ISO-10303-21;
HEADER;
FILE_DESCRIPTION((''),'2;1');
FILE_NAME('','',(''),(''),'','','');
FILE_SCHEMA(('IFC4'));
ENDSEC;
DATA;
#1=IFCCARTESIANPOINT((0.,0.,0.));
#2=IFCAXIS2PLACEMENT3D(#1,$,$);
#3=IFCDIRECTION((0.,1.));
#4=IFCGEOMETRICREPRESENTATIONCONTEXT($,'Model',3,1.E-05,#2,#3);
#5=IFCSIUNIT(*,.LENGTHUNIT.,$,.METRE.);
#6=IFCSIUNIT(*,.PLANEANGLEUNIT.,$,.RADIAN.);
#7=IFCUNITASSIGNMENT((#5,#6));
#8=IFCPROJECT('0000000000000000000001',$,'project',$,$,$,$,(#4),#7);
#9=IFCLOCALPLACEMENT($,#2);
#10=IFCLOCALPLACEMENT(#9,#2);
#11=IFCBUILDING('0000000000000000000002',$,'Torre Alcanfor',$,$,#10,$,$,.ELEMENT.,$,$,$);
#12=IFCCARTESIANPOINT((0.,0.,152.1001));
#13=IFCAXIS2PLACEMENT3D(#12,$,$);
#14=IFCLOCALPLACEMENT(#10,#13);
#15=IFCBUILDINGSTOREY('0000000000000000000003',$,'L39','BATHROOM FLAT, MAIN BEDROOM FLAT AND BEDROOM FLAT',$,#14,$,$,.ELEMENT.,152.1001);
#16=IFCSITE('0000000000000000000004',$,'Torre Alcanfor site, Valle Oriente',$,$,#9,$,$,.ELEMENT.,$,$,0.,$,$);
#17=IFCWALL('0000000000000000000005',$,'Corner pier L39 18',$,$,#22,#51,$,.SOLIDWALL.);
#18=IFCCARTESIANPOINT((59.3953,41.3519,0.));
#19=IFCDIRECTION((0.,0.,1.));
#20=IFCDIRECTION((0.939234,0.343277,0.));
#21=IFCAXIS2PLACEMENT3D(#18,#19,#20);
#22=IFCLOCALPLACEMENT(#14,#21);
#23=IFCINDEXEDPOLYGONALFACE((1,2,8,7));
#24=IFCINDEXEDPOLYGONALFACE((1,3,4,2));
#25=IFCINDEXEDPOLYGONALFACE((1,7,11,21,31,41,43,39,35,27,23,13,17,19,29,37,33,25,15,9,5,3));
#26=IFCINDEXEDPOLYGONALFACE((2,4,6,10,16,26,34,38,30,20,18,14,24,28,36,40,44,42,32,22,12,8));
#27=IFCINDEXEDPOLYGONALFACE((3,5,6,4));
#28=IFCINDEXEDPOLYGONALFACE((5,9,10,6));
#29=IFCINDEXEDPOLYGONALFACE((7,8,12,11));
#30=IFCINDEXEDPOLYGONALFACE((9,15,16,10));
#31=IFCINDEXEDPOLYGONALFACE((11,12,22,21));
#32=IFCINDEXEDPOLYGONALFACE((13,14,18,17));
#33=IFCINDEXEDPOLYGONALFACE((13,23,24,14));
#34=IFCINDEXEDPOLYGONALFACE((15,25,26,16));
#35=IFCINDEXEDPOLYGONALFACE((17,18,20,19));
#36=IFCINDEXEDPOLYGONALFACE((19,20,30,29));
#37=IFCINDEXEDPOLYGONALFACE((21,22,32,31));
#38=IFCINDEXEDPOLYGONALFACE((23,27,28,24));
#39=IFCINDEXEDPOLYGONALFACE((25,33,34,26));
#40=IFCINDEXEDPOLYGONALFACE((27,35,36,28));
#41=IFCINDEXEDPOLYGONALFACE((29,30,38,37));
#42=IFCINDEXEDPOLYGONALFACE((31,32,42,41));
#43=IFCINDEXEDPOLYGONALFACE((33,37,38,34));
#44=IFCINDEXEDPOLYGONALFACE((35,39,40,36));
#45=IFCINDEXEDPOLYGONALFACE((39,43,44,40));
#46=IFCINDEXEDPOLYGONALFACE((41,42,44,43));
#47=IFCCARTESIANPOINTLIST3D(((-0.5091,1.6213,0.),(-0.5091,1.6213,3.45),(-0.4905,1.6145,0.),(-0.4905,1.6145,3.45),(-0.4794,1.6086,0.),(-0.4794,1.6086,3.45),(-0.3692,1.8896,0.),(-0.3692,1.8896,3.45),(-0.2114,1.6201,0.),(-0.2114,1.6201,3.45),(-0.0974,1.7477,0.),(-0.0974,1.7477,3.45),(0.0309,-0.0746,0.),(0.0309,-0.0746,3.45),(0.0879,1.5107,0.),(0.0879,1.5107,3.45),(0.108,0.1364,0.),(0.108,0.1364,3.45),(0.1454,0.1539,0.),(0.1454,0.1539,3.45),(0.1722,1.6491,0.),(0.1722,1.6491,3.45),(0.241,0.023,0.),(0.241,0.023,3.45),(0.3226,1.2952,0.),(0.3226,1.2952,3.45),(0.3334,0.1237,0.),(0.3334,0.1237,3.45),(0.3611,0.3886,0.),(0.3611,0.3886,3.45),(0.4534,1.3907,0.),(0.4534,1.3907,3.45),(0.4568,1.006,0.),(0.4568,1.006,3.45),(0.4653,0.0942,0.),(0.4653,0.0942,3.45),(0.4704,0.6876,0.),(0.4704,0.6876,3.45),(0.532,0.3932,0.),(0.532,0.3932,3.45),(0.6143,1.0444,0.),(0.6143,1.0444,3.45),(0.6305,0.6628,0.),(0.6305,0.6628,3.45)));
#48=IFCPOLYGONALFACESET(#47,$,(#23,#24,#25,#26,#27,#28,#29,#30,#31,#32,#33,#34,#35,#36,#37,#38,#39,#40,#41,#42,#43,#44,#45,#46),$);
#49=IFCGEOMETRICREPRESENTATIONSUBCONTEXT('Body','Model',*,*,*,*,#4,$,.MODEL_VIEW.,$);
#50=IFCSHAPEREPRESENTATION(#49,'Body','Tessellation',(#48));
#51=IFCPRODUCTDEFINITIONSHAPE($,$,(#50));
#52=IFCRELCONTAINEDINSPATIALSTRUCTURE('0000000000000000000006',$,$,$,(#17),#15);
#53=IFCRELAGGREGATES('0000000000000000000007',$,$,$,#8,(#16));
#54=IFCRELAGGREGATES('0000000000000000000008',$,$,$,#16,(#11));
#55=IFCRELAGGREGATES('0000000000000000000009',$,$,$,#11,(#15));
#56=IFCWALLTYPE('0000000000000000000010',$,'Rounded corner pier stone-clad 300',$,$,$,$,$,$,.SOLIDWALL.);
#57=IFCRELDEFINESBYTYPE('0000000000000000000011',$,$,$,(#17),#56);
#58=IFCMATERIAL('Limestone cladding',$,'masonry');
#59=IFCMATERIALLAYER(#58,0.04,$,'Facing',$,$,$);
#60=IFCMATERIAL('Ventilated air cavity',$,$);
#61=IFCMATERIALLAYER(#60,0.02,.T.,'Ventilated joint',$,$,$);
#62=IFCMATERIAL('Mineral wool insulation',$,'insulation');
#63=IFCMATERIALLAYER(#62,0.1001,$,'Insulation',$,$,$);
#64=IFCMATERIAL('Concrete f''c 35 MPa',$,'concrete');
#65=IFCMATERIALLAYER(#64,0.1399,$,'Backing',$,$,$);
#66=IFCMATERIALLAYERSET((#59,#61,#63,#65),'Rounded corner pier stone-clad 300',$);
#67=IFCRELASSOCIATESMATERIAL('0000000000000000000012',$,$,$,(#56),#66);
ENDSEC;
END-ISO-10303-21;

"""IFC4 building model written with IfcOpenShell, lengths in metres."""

from ifc_helpers import new_model, si_unit, direction, frame, origin, place, context, subcontext, project, spatial, polyline, outline, extrude, material, layer, layer_set, type_object, element, save


model = new_model("IFC4")

# Units and contexts
model_context = context("Model", 3, precision=1e-05, world=origin(), true_north=direction((0.0, 1.0)))
body_context = subcontext(model_context, "Body", "Model", "MODEL_VIEW")
ifc_project = project(units=[si_unit("LENGTHUNIT", "METRE"), si_unit("PLANEANGLEUNIT", "RADIAN")], contexts=[model_context])

# Site, building, storey
site_placement = place(None, origin())
site = spatial("IfcSite", under=ifc_project, at=site_placement, Name="Torre Alcanfor site, Valle Oriente", CompositionType="ELEMENT", RefElevation=0.0)
building_placement = place(site_placement, origin())
building = spatial("IfcBuilding", under=site, at=building_placement, Name="Torre Alcanfor", CompositionType="ELEMENT")
storey_placement = place(building_placement, frame((0.0, 0.0, 152.1001)))
storey = spatial("IfcBuildingStorey", under=building, at=storey_placement, Name="L39", Description="BATHROOM FLAT, MAIN BEDROOM FLAT AND BEDROOM FLAT", CompositionType="ELEMENT", Elevation=152.1001)

# Shared definitions
ifc_material_1 = material(Name="Limestone cladding", Category="masonry")
ifc_material_2 = material(Name="Ventilated air cavity")
ifc_material_3 = material(Name="Mineral wool insulation", Category="insulation")
ifc_material_4 = material(Name="Concrete f'c 35 MPa", Category="concrete")

# Wall
ifc_layer_1 = layer(ifc_material_1, 0.04, Name="Facing")
ifc_layer_2 = layer(ifc_material_2, 0.02, ventilated=True, Name="Ventilated joint")
ifc_layer_3 = layer(ifc_material_3, 0.1001, Name="Insulation")
ifc_layer_4 = layer(ifc_material_4, 0.1399, Name="Backing")
ifc_layer_set_1 = layer_set([ifc_layer_1, ifc_layer_2, ifc_layer_3, ifc_layer_4], Name="Rounded corner pier stone-clad 300")
wall_type_1 = type_object("IfcWallType", Name="Rounded corner pier stone-clad 300", PredefinedType="SOLIDWALL", material=ifc_layer_set_1)
wall_1_placement = place(storey_placement, frame((59.3953, 41.3519, 0.0), z_axis=(0.0, 0.0, 1.0), x_axis=(0.939234, 0.343277, 0.0)))
element("IfcWall", 1, at=wall_1_placement, inside=storey, type_object=wall_type_1, Name="Corner pier L39 18", PredefinedType="SOLIDWALL", context=body_context, shape_type="SweptSolid", body=[
    extrude(outline(polyline([(0.532, 0.3932), (0.6305, 0.6628), (0.6143, 1.0444), (0.4534, 1.3907), (0.1722, 1.6491), (-0.0974, 1.7477), (-0.3692, 1.8896), (-0.5091, 1.6213), (-0.4905, 1.6145), (-0.4794, 1.6086), (-0.2114, 1.6201), (0.0879, 1.5107), (0.3226, 1.2952), (0.4568, 1.006), (0.4704, 0.6876), (0.3611, 0.3886), (0.1454, 0.1539), (0.108, 0.1364), (0.0309, -0.0746), (0.241, 0.023), (0.3334, 0.1237), (0.4653, 0.0942), (0.532, 0.3932)])), origin(), (0.0, 0.0, 1.0), 3.45),
])

save(model, "model.ifc")
